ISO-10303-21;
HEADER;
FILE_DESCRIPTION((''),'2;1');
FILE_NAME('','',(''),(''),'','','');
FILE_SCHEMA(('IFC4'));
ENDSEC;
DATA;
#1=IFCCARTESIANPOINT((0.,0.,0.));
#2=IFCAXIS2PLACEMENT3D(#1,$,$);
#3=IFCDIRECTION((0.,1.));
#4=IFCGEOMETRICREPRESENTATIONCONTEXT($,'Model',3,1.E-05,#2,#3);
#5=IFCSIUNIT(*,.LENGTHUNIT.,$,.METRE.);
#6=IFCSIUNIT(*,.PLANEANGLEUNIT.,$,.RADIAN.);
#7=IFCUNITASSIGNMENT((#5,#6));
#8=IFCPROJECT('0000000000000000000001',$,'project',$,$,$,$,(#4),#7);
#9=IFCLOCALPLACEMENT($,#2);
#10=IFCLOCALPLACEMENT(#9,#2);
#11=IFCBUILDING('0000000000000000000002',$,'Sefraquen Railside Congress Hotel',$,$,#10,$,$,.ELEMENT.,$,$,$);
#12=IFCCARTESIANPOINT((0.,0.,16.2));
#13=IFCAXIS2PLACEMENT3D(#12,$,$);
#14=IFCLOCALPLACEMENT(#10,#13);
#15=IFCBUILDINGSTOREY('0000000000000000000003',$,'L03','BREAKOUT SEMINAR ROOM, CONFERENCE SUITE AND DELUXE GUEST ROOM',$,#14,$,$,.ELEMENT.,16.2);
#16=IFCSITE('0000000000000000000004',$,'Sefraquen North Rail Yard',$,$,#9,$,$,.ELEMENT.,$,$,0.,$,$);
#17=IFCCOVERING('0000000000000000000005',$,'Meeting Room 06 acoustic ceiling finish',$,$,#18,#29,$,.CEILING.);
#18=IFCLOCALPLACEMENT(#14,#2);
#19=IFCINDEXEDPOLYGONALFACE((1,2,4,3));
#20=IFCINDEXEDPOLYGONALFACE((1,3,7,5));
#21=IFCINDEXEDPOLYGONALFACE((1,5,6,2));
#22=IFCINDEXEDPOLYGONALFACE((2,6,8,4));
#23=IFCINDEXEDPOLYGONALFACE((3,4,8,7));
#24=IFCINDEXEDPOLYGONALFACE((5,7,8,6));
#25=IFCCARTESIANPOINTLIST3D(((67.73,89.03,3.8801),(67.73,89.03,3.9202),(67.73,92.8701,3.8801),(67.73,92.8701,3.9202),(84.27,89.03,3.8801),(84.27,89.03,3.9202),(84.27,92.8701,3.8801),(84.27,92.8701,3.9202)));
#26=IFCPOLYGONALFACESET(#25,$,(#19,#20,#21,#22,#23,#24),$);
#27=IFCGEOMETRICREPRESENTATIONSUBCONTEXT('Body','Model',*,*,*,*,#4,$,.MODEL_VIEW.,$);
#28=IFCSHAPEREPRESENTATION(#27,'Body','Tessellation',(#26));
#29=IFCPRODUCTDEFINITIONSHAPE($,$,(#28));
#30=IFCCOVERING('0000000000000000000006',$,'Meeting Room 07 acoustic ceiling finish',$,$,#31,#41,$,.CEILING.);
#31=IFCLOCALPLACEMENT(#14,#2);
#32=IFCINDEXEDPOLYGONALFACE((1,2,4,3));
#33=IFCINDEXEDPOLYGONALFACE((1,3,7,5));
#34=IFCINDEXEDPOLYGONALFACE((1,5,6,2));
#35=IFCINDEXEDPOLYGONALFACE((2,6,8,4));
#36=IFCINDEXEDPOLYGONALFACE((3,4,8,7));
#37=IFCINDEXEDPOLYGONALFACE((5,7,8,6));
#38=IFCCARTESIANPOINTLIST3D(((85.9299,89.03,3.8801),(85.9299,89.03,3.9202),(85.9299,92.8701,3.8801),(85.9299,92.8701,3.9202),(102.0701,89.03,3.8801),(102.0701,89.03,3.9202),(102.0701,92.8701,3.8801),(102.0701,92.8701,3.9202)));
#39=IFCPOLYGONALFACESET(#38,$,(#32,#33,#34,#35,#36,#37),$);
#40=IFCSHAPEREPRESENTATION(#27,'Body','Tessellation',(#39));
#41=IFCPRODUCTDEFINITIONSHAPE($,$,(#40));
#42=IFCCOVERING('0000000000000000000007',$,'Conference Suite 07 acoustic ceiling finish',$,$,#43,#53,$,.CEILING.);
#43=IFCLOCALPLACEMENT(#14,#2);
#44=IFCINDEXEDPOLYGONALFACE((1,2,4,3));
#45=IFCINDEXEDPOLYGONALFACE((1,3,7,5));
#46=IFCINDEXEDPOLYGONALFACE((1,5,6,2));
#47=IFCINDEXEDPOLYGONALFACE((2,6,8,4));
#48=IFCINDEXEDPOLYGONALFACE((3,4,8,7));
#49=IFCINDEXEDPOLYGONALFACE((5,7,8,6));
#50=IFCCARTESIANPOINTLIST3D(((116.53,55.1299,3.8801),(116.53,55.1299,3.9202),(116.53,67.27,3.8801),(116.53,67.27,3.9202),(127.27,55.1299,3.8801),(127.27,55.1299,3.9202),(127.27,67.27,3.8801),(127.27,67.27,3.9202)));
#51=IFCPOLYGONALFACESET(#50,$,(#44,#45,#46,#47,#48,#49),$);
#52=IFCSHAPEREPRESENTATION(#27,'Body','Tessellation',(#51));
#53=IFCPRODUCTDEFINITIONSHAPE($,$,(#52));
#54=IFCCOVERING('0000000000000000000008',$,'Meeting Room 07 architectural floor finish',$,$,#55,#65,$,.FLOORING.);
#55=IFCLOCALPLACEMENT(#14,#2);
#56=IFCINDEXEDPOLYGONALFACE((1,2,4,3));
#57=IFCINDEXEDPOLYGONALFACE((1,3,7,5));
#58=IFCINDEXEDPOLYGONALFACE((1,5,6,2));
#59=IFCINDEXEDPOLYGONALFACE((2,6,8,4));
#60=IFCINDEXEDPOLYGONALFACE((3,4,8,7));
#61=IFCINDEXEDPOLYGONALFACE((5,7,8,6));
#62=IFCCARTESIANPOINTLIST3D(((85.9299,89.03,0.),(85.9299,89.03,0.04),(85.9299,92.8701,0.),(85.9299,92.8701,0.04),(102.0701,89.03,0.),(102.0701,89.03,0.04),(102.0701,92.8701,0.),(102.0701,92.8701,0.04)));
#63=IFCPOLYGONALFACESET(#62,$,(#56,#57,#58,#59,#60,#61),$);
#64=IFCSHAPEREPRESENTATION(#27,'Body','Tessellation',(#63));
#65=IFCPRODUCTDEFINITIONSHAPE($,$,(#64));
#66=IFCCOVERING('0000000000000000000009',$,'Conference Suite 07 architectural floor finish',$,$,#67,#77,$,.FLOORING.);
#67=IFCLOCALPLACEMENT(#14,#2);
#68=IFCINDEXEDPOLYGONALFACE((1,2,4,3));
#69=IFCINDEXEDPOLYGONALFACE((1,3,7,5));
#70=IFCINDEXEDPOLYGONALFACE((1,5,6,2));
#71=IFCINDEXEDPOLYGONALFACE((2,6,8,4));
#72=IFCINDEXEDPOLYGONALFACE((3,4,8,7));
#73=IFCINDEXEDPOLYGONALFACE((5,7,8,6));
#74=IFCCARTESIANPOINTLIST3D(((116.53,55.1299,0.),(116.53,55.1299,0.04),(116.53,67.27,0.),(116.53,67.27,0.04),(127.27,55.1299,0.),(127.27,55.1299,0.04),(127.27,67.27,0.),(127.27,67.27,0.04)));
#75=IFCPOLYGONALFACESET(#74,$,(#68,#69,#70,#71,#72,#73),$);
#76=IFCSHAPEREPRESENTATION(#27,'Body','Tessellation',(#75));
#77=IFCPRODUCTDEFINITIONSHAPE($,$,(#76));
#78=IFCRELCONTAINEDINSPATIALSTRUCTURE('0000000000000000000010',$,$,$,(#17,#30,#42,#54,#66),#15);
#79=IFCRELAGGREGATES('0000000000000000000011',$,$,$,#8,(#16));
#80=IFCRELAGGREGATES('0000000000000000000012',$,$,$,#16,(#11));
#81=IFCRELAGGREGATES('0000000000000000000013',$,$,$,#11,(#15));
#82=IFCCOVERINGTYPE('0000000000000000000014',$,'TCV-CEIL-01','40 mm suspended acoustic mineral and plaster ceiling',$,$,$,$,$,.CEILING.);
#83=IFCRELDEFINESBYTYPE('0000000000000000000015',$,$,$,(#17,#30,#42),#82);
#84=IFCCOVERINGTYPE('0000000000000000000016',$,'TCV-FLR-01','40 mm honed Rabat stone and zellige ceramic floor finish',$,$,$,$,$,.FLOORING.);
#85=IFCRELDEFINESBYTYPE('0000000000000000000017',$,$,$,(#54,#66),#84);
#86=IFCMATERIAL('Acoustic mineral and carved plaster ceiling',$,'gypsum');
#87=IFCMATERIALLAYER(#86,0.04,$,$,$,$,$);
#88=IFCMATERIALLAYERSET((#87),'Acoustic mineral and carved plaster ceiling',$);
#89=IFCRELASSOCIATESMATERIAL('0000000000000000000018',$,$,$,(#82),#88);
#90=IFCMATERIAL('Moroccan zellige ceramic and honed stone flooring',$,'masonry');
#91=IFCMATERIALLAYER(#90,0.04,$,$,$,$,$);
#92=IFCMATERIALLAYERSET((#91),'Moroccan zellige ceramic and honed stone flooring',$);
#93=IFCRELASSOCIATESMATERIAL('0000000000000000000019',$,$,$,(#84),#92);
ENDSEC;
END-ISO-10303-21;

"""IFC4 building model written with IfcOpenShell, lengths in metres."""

from ifc_helpers import new_model, si_unit, direction, frame, origin, place, context, subcontext, project, spatial, polyline, outline, extrude, material, layer, layer_set, type_object, element, save


model = new_model("IFC4")

# Units and contexts
model_context = context("Model", 3, precision=1e-05, world=origin(), true_north=direction((0.0, 1.0)))
body_context = subcontext(model_context, "Body", "Model", "MODEL_VIEW")
ifc_project = project(units=[si_unit("LENGTHUNIT", "METRE"), si_unit("PLANEANGLEUNIT", "RADIAN")], contexts=[model_context])

# Site, building, storey
site_placement = place(None, origin())
site = spatial("IfcSite", under=ifc_project, at=site_placement, Name="Sefraquen North Rail Yard", CompositionType="ELEMENT", RefElevation=0.0)
building_placement = place(site_placement, origin())
building = spatial("IfcBuilding", under=site, at=building_placement, Name="Sefraquen Railside Congress Hotel", CompositionType="ELEMENT")
storey_placement = place(building_placement, frame((0.0, 0.0, 16.2)))
storey = spatial("IfcBuildingStorey", under=building, at=storey_placement, Name="L03", Description="BREAKOUT SEMINAR ROOM, CONFERENCE SUITE AND DELUXE GUEST ROOM", CompositionType="ELEMENT", Elevation=16.2)

# Coverings
ifc_material_1 = material(Name="Acoustic mineral and carved plaster ceiling", Category="gypsum")
ifc_layer_1 = layer(ifc_material_1, 0.04)
ifc_layer_set_1 = layer_set([ifc_layer_1], Name="Acoustic mineral and carved plaster ceiling")
covering_type_1 = type_object("IfcCoveringType", Name="TCV-CEIL-01", Description="40 mm suspended acoustic mineral and plaster ceiling", PredefinedType="CEILING", material=ifc_layer_set_1)
covering_1_placement = place(storey_placement, frame((0.0, 0.0, 3.8801)))
element("IfcCovering", 1, at=covering_1_placement, inside=storey, type_object=covering_type_1, Name="Meeting Room 06 acoustic ceiling finish", PredefinedType="CEILING", context=body_context, shape_type="SweptSolid", body=[
    extrude(outline(polyline([(67.73, 89.03), (84.27, 89.03), (84.27, 92.8701), (67.73, 92.8701), (67.73, 89.03)])), origin(), (0.0, 0.0, 1.0), 0.04),
])
covering_2_placement = place(storey_placement, frame((0.0, 0.0, 3.8801)))
element("IfcCovering", 2, at=covering_2_placement, inside=storey, type_object=covering_type_1, Name="Meeting Room 07 acoustic ceiling finish", PredefinedType="CEILING", context=body_context, shape_type="SweptSolid", body=[
    extrude(outline(polyline([(85.9299, 89.03), (102.0701, 89.03), (102.0701, 92.8701), (85.9299, 92.8701), (85.9299, 89.03)])), origin(), (0.0, 0.0, 1.0), 0.04),
])
covering_3_placement = place(storey_placement, frame((0.0, 0.0, 3.8801)))
element("IfcCovering", 3, at=covering_3_placement, inside=storey, type_object=covering_type_1, Name="Conference Suite 07 acoustic ceiling finish", PredefinedType="CEILING", context=body_context, shape_type="SweptSolid", body=[
    extrude(outline(polyline([(116.53, 55.1299), (127.27, 55.1299), (127.27, 67.27), (116.53, 67.27), (116.53, 55.1299)])), origin(), (0.0, 0.0, 1.0), 0.04),
])
ifc_material_2 = material(Name="Moroccan zellige ceramic and honed stone flooring", Category="masonry")
ifc_layer_2 = layer(ifc_material_2, 0.04)
ifc_layer_set_2 = layer_set([ifc_layer_2], Name="Moroccan zellige ceramic and honed stone flooring")
covering_type_2 = type_object("IfcCoveringType", Name="TCV-FLR-01", Description="40 mm honed Rabat stone and zellige ceramic floor finish", PredefinedType="FLOORING", material=ifc_layer_set_2)
covering_4_placement = place(storey_placement, origin())
element("IfcCovering", 4, at=covering_4_placement, inside=storey, type_object=covering_type_2, Name="Meeting Room 07 architectural floor finish", PredefinedType="FLOORING", context=body_context, shape_type="SweptSolid", body=[
    extrude(outline(polyline([(85.9299, 89.03), (102.0701, 89.03), (102.0701, 92.8701), (85.9299, 92.8701), (85.9299, 89.03)])), origin(), (0.0, 0.0, 1.0), 0.04),
])
covering_5_placement = place(storey_placement, origin())
element("IfcCovering", 5, at=covering_5_placement, inside=storey, type_object=covering_type_2, Name="Conference Suite 07 architectural floor finish", PredefinedType="FLOORING", context=body_context, shape_type="SweptSolid", body=[
    extrude(outline(polyline([(116.53, 55.1299), (127.27, 55.1299), (127.27, 67.27), (116.53, 67.27), (116.53, 55.1299)])), origin(), (0.0, 0.0, 1.0), 0.04),
])

save(model, "model.ifc")
